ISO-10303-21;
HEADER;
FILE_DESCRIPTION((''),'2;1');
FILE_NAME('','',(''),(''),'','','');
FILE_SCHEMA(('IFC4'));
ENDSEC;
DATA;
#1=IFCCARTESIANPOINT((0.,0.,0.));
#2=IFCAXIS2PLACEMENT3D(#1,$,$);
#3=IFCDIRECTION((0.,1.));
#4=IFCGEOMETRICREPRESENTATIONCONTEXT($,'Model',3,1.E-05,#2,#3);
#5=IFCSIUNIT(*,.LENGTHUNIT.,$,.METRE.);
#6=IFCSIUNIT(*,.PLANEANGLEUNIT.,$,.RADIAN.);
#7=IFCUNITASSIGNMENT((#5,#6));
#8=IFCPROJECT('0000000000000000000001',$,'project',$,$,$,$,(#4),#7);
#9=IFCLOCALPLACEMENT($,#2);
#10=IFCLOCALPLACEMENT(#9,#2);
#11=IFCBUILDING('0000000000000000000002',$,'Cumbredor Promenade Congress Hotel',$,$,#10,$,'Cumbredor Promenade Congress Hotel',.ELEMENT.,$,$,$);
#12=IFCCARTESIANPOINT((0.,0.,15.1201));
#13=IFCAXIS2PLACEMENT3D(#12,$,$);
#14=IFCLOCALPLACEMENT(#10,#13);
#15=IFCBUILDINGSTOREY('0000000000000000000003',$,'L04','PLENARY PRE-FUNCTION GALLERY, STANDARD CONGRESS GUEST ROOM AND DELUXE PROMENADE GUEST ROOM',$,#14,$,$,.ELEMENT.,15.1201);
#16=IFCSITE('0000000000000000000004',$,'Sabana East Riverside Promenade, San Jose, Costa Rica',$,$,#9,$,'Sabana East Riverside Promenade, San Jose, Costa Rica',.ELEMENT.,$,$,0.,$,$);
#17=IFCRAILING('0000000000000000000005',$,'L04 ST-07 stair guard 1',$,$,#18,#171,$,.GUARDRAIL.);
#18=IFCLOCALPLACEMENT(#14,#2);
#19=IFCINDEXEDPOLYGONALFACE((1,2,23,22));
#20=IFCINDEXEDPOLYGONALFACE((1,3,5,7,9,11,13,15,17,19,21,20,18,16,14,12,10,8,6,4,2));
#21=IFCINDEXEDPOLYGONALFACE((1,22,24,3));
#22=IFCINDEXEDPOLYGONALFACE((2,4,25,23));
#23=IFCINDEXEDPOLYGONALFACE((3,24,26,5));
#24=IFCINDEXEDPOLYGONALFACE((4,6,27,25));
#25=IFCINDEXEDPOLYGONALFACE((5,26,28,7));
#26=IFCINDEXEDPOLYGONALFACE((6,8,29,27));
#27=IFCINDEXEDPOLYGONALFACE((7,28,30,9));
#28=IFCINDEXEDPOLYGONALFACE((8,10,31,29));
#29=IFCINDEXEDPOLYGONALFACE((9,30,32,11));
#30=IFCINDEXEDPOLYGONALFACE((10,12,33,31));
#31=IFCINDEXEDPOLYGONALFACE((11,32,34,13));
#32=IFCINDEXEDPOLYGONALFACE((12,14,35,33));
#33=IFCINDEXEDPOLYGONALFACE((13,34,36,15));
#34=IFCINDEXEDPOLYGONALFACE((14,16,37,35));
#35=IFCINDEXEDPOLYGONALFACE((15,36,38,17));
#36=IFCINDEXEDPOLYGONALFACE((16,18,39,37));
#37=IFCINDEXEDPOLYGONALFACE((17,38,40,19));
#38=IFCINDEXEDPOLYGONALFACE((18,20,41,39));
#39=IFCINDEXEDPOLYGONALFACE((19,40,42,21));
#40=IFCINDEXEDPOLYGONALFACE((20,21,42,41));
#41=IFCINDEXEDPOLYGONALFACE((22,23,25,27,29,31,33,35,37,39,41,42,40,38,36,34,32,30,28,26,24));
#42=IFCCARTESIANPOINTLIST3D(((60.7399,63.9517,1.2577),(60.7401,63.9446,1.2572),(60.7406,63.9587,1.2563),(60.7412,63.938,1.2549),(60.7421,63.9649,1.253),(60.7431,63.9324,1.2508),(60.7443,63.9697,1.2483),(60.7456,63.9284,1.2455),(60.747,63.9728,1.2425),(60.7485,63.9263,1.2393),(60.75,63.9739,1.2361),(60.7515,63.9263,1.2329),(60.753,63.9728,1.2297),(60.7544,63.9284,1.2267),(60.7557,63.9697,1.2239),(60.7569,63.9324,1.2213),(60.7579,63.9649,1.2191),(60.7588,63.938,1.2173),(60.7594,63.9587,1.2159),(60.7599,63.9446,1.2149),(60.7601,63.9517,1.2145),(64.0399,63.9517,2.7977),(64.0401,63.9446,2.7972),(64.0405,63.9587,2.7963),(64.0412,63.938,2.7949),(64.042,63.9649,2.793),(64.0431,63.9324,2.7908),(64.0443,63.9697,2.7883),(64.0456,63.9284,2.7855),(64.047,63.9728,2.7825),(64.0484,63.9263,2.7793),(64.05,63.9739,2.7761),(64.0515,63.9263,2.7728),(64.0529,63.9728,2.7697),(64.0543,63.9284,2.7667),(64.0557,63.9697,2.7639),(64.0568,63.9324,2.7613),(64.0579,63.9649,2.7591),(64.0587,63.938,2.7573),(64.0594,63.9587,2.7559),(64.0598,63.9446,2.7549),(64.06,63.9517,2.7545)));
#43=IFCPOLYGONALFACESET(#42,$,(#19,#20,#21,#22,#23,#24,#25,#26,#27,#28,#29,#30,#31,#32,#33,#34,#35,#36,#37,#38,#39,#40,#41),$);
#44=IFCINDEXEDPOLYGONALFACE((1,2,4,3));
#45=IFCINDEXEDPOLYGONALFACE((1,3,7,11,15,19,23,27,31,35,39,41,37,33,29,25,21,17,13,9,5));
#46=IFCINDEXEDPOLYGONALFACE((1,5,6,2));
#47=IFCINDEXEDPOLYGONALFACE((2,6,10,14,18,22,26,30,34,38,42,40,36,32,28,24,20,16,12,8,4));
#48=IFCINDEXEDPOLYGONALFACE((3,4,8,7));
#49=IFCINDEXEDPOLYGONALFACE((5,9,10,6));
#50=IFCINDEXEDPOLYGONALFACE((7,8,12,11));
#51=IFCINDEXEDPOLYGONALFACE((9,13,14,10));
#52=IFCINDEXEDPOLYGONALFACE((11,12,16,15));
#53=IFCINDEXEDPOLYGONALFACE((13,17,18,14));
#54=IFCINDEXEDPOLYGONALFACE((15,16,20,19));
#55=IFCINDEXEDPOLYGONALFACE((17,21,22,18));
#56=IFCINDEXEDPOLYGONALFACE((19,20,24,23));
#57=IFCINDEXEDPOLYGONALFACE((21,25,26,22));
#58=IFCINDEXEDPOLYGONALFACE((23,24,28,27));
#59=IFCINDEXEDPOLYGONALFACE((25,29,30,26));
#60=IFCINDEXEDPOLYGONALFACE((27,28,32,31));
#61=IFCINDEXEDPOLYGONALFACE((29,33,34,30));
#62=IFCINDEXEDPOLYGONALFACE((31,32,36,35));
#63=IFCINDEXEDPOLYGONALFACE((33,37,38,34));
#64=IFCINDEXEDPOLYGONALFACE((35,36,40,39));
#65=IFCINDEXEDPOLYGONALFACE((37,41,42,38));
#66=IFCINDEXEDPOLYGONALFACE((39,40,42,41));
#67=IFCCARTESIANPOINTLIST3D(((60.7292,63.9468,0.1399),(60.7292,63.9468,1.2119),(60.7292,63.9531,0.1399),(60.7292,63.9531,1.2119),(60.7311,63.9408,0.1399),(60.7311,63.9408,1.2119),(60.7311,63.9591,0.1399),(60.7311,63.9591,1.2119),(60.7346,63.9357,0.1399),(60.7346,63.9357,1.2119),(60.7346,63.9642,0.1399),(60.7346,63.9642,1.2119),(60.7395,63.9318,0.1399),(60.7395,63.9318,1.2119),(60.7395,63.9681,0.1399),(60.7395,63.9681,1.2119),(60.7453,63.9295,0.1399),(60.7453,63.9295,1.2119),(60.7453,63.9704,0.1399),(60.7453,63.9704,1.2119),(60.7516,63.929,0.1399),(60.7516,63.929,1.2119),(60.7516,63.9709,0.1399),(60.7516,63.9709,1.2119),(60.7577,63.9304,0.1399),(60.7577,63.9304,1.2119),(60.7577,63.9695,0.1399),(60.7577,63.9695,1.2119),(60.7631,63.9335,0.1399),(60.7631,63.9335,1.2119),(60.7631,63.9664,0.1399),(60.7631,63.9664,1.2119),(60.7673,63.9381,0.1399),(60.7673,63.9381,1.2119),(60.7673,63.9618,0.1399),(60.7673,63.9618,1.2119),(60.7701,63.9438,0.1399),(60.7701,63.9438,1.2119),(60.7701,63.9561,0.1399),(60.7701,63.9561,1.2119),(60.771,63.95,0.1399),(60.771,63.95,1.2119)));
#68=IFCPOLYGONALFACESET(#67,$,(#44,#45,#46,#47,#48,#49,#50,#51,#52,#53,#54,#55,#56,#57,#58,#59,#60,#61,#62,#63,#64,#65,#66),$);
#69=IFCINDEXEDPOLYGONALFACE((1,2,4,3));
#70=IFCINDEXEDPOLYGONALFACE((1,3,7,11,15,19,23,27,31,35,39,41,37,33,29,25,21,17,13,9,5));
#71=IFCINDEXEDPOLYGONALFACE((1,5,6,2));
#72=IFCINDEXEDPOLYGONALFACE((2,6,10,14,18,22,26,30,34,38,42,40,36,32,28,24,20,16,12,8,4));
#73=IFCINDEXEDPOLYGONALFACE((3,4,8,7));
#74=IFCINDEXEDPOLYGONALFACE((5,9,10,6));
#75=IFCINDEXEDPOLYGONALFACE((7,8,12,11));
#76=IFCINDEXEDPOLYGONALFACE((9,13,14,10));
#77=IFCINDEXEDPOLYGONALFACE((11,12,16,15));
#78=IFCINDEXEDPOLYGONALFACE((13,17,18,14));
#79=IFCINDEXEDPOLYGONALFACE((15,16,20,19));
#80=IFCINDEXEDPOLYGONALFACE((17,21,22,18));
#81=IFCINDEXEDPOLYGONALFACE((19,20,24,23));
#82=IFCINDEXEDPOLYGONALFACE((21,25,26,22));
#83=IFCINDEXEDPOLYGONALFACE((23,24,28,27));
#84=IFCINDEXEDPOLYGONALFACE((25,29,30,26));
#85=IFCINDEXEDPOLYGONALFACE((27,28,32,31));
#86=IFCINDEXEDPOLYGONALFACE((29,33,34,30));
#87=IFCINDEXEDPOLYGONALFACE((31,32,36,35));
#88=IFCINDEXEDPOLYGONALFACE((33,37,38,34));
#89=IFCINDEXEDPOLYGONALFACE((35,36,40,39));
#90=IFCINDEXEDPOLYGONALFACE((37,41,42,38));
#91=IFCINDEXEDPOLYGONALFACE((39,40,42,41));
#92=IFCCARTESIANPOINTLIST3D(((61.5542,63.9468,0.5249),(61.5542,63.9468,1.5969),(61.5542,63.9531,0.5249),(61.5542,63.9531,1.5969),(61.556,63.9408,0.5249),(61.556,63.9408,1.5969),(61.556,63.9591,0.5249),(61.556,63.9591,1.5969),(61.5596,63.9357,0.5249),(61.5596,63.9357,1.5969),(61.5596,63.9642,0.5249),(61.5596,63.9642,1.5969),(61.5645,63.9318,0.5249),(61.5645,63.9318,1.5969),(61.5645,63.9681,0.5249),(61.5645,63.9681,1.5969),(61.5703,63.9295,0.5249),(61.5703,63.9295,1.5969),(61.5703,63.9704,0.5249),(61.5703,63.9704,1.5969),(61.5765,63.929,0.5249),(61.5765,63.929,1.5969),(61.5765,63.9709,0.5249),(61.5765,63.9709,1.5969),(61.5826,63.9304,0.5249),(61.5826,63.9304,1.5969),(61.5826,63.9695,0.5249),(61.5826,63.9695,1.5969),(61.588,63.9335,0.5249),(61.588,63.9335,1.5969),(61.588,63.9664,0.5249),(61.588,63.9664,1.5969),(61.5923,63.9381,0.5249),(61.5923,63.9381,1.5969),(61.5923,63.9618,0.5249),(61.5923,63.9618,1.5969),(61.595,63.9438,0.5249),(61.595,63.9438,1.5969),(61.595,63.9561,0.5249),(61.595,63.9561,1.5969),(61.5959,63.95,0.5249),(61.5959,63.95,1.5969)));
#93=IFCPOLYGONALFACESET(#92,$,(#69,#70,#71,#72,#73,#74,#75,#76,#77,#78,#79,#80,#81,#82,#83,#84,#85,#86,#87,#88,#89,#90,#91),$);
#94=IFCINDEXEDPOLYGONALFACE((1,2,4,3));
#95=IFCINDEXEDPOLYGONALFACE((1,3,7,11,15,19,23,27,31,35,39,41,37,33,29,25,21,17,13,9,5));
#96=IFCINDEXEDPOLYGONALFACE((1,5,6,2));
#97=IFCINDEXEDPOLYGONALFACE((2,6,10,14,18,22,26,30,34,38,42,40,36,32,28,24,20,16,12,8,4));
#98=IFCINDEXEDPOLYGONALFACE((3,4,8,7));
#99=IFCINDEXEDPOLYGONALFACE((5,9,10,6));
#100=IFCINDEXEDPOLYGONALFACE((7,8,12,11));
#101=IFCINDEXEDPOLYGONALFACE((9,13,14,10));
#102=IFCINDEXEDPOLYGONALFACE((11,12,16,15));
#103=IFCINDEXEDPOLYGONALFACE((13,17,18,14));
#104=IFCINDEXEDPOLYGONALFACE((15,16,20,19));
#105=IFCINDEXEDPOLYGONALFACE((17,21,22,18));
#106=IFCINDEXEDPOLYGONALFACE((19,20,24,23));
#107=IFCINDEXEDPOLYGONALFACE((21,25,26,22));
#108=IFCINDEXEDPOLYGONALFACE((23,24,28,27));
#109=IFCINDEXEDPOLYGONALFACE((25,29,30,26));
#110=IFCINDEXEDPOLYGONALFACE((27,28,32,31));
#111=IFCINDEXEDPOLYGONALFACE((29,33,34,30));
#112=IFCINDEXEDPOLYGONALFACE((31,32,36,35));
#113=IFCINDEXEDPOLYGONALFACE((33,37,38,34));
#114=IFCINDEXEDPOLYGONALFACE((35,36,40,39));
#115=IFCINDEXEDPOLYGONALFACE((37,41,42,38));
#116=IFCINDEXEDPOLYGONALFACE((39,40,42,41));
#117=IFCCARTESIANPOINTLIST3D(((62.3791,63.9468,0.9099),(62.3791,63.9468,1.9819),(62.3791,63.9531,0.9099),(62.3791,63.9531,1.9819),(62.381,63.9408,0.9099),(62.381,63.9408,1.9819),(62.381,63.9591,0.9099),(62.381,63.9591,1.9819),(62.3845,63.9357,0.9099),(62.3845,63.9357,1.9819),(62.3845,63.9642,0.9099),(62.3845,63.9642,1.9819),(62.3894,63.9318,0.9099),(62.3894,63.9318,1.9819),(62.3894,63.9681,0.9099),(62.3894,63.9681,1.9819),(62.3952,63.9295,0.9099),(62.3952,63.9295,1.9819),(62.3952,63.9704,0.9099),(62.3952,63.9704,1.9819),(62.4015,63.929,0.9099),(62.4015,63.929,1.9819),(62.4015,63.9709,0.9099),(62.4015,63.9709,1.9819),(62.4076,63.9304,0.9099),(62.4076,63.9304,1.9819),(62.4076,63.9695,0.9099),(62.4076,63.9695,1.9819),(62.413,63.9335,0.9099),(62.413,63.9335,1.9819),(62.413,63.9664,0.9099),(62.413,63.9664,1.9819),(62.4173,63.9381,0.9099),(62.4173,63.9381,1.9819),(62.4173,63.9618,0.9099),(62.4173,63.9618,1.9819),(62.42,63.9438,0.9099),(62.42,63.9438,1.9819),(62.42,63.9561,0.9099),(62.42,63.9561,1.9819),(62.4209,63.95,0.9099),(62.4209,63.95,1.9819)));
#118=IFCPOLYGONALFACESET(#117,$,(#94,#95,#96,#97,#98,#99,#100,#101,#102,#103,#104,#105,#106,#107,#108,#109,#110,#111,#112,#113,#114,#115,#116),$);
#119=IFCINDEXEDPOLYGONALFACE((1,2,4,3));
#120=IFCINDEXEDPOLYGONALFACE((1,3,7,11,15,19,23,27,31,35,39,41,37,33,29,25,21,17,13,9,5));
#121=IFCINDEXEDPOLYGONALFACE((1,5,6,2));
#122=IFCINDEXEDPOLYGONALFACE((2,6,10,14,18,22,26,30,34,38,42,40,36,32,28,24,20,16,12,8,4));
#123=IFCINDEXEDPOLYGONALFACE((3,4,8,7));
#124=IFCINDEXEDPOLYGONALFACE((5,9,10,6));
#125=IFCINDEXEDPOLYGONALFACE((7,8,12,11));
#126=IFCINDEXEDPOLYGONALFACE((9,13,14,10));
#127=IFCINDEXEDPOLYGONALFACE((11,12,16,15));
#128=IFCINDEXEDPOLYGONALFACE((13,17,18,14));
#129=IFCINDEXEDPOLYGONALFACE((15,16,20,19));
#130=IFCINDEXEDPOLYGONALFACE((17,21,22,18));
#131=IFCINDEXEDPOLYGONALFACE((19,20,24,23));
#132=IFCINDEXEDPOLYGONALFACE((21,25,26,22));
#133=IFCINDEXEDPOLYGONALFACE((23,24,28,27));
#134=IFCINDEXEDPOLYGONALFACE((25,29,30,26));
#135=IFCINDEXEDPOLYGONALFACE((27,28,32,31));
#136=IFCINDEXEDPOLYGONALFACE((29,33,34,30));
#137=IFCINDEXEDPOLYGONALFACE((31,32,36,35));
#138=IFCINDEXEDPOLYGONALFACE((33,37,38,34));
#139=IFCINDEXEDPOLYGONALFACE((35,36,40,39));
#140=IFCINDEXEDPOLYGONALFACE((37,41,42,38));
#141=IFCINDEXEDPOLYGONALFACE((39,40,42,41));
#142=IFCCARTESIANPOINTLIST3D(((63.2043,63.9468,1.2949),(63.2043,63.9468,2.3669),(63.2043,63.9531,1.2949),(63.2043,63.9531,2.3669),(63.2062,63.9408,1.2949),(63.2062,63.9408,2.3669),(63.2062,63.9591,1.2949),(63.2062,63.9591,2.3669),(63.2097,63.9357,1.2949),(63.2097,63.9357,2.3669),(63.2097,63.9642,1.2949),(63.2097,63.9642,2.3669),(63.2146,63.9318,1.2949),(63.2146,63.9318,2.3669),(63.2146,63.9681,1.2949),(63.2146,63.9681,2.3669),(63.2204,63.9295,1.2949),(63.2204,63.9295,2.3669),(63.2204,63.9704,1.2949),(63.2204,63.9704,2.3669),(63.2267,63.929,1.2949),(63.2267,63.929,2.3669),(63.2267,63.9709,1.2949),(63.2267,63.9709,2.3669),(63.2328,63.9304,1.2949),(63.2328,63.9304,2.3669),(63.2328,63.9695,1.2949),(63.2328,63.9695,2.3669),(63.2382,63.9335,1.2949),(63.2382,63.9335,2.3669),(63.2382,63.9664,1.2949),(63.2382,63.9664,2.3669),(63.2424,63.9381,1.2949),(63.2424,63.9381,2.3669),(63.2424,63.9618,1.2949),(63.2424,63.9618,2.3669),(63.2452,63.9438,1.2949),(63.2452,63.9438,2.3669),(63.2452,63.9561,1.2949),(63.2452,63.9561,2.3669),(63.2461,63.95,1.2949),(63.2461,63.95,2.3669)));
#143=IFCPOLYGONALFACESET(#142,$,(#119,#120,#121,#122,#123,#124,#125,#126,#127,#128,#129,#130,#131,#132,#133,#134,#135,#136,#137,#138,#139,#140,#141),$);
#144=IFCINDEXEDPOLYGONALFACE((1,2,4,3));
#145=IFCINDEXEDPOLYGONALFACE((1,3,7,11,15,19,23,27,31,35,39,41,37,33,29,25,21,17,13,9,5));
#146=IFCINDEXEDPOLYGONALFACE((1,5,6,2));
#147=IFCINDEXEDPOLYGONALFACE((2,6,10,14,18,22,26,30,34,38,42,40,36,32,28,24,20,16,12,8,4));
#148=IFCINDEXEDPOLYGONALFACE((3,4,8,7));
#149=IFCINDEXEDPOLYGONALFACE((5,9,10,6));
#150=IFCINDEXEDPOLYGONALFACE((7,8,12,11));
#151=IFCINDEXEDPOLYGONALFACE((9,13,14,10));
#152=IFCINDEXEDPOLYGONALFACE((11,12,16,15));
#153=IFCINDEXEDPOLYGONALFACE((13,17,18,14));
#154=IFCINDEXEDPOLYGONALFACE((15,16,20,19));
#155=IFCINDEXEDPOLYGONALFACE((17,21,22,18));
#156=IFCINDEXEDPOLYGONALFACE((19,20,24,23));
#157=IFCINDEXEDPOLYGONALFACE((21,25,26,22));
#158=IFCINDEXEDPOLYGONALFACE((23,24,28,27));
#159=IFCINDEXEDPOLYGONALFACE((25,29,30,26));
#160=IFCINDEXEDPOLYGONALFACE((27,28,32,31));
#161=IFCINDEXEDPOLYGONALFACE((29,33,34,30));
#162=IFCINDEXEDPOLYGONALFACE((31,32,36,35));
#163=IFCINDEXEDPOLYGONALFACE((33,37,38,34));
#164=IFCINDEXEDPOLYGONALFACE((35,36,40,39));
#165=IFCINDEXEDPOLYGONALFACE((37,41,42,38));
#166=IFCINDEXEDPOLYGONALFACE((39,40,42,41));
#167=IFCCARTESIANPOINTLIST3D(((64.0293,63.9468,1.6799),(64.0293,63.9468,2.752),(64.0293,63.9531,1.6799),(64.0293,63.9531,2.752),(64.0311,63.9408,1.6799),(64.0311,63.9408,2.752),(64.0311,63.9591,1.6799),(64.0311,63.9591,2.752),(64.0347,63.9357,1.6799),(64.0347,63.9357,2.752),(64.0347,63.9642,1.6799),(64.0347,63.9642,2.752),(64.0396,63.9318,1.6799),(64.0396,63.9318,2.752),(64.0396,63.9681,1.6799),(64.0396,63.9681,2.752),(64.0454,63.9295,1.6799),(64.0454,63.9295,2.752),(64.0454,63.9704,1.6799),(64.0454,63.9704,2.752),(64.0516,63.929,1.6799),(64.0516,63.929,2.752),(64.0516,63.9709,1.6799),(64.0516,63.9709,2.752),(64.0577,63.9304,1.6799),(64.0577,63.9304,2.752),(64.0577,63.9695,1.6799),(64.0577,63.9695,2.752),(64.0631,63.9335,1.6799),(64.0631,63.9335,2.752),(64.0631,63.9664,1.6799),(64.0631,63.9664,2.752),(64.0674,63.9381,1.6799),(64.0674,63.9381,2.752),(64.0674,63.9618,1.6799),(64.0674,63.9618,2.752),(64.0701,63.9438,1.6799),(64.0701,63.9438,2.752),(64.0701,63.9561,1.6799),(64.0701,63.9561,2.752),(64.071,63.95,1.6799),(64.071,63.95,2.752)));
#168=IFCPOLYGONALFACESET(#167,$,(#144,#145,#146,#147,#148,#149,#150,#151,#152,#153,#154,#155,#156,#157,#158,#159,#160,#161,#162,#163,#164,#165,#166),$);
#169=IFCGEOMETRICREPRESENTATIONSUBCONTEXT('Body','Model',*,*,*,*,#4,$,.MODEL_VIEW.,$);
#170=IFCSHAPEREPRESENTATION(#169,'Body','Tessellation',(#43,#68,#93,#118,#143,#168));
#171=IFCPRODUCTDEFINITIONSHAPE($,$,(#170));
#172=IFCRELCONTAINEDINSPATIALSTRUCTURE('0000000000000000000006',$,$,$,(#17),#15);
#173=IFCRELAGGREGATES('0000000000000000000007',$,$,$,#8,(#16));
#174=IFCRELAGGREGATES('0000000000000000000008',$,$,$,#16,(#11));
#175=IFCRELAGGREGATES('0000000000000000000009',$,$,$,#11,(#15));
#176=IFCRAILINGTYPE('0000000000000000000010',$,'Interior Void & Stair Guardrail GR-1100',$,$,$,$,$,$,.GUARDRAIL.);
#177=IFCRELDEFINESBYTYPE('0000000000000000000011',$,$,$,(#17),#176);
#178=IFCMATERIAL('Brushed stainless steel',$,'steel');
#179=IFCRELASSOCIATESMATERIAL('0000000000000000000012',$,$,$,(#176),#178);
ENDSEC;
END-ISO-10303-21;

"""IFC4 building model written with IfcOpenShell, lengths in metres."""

from ifc_helpers import new_model, si_unit, direction, frame, origin, origin_2d, place, context, subcontext, project, spatial, circle, extrude, material, type_object, element, save


model = new_model("IFC4")

# Units and contexts
model_context = context("Model", 3, precision=1e-05, world=origin(), true_north=direction((0.0, 1.0)))
body_context = subcontext(model_context, "Body", "Model", "MODEL_VIEW")
ifc_project = project(units=[si_unit("LENGTHUNIT", "METRE"), si_unit("PLANEANGLEUNIT", "RADIAN")], contexts=[model_context])

# Site, building, storey
site_placement = place(None, origin())
site = spatial("IfcSite", under=ifc_project, at=site_placement, Name="Sabana East Riverside Promenade, San Jose, Costa Rica", LongName="Sabana East Riverside Promenade, San Jose, Costa Rica", CompositionType="ELEMENT", RefElevation=0.0)
building_placement = place(site_placement, origin())
building = spatial("IfcBuilding", under=site, at=building_placement, Name="Cumbredor Promenade Congress Hotel", LongName="Cumbredor Promenade Congress Hotel", CompositionType="ELEMENT")
storey_placement = place(building_placement, frame((0.0, 0.0, 15.1201)))
storey = spatial("IfcBuildingStorey", under=building, at=storey_placement, Name="L04", Description="PLENARY PRE-FUNCTION GALLERY, STANDARD CONGRESS GUEST ROOM AND DELUXE PROMENADE GUEST ROOM", CompositionType="ELEMENT", Elevation=15.1201)

# Railing
ifc_material_1 = material(Name="Brushed stainless steel", Category="steel")
railing_type_1 = type_object("IfcRailingType", Name="Interior Void & Stair Guardrail GR-1100", PredefinedType="GUARDRAIL", material=ifc_material_1)
railing_1_placement = place(storey_placement, frame((60.75, 63.95, 0.1399)))
element("IfcRailing", 1, at=railing_1_placement, inside=storey, type_object=railing_type_1, Name="L04 ST-07 stair guard 1", PredefinedType="GUARDRAIL", context=body_context, shape_type="SweptSolid", body=[
    extrude(circle(Radius=0.0239, at=origin_2d()), frame((0.0, 0.0, 1.0962), z_axis=(0.906181, 0.0, 0.422889), x_axis=(0.0, 1.0, 0.0)), (0.0, 0.0, 1.0), 3.6416),
    extrude(circle(Radius=0.021, at=origin_2d()), origin(), (0.0, 0.0, 1.0), 1.072),
    extrude(circle(Radius=0.021, at=origin_2d()), frame((0.825, 0.0, 0.385)), (0.0, 0.0, 1.0), 1.072),
    extrude(circle(Radius=0.021, at=origin_2d()), frame((1.6499, 0.0, 0.77)), (0.0, 0.0, 1.0), 1.072),
    extrude(circle(Radius=0.021, at=origin_2d()), frame((2.4751, 0.0, 1.155)), (0.0, 0.0, 1.0), 1.072),
    extrude(circle(Radius=0.021, at=origin_2d()), frame((3.3, 0.0, 1.54)), (0.0, 0.0, 1.0), 1.072),
])

save(model, "model.ifc")
